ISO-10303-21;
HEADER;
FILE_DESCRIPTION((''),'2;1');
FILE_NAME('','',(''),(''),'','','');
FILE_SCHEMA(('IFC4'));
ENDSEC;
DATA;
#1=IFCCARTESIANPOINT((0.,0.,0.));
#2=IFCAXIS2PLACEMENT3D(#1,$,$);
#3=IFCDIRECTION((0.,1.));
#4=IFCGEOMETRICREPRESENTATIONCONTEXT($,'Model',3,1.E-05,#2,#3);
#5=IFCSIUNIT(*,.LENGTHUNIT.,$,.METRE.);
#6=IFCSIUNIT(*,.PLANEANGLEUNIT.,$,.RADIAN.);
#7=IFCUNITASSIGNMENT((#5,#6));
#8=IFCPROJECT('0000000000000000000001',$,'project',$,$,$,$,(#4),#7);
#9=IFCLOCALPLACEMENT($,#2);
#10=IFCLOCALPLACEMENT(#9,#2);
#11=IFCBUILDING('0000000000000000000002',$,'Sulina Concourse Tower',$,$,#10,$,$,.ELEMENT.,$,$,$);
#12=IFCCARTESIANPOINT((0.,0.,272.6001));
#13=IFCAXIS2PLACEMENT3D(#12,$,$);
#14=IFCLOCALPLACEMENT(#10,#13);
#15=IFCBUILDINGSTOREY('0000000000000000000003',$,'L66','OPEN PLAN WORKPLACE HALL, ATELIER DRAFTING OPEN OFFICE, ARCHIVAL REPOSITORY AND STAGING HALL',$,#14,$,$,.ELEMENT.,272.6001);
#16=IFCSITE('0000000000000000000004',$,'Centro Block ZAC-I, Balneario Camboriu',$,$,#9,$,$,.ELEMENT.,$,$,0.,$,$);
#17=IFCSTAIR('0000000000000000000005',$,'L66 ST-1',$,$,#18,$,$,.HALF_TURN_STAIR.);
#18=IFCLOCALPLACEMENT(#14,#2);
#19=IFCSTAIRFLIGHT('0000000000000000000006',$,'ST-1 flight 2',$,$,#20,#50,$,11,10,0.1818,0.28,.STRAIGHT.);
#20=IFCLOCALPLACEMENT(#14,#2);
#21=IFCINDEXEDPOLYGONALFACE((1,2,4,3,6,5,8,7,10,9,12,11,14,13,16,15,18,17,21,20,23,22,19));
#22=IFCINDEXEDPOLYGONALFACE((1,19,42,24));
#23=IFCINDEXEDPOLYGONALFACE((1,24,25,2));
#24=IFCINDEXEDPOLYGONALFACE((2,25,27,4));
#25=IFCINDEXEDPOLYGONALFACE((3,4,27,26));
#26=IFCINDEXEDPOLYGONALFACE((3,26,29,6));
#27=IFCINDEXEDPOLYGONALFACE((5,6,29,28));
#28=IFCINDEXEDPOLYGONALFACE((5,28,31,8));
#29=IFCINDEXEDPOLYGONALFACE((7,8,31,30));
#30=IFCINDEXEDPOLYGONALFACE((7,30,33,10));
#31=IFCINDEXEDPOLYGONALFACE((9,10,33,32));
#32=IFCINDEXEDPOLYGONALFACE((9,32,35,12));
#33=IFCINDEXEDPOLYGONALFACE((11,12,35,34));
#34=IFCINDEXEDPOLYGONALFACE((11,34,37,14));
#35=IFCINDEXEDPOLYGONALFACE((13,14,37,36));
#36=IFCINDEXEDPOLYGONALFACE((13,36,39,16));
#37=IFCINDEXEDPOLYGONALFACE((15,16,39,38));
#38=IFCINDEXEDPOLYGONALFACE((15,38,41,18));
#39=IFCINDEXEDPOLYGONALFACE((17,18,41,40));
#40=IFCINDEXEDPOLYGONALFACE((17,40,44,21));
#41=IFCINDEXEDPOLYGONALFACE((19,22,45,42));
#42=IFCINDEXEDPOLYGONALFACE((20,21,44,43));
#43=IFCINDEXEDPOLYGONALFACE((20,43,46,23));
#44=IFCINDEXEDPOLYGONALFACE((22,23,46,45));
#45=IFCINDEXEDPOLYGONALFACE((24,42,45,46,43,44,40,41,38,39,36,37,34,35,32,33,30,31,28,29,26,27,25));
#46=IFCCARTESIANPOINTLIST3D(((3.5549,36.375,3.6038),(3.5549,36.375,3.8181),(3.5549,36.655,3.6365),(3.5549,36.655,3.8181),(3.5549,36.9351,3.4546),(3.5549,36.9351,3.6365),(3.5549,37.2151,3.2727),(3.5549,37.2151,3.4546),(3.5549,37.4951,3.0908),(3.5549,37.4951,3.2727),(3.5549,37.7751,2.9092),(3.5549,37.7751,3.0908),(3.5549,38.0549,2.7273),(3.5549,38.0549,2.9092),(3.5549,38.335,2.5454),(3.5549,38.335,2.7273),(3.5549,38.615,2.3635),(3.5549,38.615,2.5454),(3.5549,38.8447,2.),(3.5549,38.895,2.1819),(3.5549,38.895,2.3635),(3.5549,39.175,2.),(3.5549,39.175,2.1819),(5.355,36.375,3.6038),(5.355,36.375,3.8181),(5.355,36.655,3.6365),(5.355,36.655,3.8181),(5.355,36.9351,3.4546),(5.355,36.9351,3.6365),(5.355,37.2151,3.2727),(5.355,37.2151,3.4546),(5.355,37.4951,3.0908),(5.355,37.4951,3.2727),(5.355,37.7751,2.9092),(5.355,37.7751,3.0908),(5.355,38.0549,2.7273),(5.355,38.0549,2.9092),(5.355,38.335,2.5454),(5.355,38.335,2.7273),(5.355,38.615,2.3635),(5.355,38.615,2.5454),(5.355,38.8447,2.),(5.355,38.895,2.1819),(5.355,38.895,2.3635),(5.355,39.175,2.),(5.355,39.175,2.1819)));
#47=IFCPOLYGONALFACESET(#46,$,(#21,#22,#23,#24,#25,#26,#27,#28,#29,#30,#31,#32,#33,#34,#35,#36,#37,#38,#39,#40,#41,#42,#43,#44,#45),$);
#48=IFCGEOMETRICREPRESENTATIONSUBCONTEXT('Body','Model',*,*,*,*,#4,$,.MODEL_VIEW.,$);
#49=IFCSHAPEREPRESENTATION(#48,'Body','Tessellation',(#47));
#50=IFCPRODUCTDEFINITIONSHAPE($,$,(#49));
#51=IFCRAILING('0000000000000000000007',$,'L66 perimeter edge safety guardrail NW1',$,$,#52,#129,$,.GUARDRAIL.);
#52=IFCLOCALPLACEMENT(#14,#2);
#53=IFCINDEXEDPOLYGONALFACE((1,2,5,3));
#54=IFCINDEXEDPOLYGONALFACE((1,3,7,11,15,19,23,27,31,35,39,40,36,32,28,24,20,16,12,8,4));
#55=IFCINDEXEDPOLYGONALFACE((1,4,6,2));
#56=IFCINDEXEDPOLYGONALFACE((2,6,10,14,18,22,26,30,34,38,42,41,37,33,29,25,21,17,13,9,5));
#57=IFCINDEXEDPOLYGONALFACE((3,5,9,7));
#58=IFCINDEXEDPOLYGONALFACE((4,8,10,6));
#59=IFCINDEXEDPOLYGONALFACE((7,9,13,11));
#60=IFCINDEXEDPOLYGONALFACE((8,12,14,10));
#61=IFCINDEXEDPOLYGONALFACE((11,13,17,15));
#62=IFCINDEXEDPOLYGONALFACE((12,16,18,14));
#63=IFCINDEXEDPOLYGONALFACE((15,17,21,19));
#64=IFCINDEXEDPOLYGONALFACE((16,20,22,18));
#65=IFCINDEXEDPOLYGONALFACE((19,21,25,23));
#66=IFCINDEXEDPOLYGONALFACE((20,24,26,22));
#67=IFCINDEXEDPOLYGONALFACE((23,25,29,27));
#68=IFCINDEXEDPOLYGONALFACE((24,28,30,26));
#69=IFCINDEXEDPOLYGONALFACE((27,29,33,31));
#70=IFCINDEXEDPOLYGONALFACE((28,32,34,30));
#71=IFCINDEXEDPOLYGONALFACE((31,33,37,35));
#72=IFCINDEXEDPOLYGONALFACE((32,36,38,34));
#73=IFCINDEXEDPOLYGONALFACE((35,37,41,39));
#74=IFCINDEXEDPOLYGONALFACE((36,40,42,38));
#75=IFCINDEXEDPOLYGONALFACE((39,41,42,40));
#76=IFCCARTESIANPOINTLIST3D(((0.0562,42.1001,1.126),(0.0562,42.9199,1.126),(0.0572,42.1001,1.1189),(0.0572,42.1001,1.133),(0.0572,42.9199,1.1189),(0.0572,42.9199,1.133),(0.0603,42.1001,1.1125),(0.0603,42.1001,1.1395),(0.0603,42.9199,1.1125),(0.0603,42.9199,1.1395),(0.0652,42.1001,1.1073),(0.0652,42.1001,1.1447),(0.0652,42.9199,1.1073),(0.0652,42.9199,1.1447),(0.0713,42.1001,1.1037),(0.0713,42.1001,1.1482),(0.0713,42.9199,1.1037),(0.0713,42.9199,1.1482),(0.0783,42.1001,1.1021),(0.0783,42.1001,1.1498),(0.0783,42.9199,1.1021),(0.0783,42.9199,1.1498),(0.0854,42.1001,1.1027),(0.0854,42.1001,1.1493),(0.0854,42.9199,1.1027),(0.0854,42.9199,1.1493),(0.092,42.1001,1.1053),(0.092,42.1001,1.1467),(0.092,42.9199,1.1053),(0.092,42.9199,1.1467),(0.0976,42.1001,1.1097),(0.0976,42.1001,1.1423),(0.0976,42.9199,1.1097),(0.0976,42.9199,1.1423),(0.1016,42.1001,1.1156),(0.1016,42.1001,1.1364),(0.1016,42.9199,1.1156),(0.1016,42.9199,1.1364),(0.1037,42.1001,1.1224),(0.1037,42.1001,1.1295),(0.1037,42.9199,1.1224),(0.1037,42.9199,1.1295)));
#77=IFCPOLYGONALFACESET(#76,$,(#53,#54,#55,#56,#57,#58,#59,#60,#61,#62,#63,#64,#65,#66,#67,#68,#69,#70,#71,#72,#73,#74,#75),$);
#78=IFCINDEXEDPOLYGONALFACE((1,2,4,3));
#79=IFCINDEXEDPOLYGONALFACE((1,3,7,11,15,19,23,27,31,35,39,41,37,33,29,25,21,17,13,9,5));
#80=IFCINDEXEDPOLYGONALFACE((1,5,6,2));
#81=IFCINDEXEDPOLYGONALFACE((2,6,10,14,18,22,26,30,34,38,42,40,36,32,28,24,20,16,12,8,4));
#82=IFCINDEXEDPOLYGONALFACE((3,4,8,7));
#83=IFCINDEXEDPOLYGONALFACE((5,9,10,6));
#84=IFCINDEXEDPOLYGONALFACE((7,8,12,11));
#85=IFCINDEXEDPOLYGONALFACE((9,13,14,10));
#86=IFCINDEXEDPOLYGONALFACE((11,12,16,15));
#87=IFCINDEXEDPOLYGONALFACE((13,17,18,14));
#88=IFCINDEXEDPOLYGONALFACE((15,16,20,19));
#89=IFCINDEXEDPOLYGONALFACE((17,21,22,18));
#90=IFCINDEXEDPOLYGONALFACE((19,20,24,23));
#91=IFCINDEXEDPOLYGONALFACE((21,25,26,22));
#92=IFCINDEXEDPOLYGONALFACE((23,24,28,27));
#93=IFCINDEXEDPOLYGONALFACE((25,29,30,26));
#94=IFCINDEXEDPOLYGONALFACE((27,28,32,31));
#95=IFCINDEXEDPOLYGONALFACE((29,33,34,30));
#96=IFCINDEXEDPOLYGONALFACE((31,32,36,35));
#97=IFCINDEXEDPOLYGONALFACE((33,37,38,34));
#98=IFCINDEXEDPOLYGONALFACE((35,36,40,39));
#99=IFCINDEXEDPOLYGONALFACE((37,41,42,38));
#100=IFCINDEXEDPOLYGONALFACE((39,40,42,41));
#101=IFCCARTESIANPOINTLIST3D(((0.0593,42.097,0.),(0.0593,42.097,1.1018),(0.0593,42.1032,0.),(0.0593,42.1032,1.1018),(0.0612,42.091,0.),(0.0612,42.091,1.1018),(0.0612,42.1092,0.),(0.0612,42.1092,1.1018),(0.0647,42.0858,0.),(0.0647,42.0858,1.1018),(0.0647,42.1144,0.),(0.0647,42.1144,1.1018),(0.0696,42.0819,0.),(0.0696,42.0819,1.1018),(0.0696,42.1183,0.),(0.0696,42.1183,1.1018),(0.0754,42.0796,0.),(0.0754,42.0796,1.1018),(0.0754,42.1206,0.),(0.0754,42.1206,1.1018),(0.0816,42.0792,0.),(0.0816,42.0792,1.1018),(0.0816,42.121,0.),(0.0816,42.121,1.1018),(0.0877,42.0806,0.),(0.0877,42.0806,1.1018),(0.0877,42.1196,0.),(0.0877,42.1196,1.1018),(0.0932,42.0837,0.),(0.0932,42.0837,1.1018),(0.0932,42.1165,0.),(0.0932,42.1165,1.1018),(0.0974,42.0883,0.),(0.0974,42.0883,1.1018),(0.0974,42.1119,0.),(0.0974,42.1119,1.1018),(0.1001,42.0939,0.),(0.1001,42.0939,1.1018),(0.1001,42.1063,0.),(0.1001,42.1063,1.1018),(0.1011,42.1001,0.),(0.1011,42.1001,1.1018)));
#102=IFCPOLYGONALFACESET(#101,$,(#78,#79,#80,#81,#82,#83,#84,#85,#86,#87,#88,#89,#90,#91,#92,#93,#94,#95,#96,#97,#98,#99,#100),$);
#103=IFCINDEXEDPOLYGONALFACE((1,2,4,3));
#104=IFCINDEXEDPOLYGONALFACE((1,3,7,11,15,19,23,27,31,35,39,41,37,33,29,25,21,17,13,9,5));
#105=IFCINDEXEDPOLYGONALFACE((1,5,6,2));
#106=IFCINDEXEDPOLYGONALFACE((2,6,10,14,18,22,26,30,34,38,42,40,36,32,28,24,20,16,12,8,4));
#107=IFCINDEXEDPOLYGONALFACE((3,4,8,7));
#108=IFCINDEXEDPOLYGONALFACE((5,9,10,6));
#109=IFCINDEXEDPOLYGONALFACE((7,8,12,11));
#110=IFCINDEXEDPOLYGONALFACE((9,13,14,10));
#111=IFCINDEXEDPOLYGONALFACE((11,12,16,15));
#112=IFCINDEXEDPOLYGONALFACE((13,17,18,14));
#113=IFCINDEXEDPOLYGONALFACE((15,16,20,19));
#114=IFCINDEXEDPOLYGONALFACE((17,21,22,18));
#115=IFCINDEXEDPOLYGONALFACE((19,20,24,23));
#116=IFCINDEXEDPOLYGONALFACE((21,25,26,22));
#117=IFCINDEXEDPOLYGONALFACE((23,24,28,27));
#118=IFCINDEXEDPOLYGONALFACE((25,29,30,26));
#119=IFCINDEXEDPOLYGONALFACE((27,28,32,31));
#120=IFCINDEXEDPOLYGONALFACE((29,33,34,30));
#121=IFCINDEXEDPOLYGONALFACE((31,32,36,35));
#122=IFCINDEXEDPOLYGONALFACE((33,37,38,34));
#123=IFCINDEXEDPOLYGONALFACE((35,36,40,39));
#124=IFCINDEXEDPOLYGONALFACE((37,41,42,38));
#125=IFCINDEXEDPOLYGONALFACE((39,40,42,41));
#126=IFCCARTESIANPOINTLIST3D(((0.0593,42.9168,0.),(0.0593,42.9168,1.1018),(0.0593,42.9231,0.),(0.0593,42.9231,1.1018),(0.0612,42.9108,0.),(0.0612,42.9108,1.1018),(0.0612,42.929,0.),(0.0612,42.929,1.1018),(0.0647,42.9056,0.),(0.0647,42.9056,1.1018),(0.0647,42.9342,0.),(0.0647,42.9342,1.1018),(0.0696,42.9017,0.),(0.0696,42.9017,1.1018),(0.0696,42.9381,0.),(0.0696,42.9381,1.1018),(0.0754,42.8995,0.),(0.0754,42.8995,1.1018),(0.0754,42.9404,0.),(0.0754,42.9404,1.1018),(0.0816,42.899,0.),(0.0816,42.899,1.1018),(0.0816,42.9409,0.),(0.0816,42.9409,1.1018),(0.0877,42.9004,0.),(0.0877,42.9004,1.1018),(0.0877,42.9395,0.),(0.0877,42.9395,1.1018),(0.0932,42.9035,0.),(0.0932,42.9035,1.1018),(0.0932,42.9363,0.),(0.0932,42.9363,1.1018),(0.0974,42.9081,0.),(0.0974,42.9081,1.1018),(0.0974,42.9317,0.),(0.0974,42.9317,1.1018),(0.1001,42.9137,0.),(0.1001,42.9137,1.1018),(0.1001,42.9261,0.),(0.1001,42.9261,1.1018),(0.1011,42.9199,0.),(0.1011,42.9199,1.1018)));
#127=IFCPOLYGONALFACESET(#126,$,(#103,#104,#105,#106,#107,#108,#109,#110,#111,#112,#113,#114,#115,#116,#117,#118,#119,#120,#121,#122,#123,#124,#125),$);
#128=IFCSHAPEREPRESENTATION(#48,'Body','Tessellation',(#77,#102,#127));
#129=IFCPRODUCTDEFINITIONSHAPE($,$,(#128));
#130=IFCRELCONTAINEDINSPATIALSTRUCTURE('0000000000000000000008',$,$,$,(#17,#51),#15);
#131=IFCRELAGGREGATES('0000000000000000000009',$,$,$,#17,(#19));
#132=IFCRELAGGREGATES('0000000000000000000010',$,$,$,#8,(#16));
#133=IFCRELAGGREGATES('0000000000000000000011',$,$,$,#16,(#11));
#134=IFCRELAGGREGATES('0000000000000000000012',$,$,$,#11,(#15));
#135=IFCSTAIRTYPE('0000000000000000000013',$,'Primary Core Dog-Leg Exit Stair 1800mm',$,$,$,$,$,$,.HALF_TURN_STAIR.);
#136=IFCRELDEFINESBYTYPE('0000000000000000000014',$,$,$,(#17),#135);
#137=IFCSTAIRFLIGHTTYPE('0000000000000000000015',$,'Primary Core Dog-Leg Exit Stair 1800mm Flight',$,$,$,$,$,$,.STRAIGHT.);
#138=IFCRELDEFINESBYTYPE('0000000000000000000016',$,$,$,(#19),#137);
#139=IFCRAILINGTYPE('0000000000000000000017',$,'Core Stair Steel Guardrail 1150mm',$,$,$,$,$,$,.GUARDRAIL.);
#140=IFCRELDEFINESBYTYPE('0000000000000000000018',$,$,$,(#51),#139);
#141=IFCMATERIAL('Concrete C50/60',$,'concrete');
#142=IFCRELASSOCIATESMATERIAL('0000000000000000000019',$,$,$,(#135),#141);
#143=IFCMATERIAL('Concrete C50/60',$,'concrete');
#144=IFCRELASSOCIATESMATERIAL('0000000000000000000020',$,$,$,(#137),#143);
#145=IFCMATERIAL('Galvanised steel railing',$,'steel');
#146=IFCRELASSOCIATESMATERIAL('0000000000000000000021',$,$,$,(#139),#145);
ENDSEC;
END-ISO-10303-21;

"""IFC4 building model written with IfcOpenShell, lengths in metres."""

from ifc_helpers import new_model, si_unit, direction, frame, origin, origin_2d, place, context, subcontext, project, spatial, polyline, circle, outline, extrude, material, type_object, element, aggregate, save


model = new_model("IFC4")

# Units and contexts
model_context = context("Model", 3, precision=1e-05, world=origin(), true_north=direction((0.0, 1.0)))
body_context = subcontext(model_context, "Body", "Model", "MODEL_VIEW")
ifc_project = project(units=[si_unit("LENGTHUNIT", "METRE"), si_unit("PLANEANGLEUNIT", "RADIAN")], contexts=[model_context])

# Site, building, storey
site_placement = place(None, origin())
site = spatial("IfcSite", under=ifc_project, at=site_placement, Name="Centro Block ZAC-I, Balneario Camboriu", CompositionType="ELEMENT", RefElevation=0.0)
building_placement = place(site_placement, origin())
building = spatial("IfcBuilding", under=site, at=building_placement, Name="Sulina Concourse Tower", CompositionType="ELEMENT")
storey_placement = place(building_placement, frame((0.0, 0.0, 272.6001)))
storey = spatial("IfcBuildingStorey", under=building, at=storey_placement, Name="L66", Description="OPEN PLAN WORKPLACE HALL, ATELIER DRAFTING OPEN OFFICE, ARCHIVAL REPOSITORY AND STAGING HALL", CompositionType="ELEMENT", Elevation=272.6001)

# Stair, stair flight
ifc_material_1 = material(Name="Concrete C50/60", Category="concrete")
stair_type = type_object("IfcStairType", Name="Primary Core Dog-Leg Exit Stair 1800mm", PredefinedType="HALF_TURN_STAIR", material=ifc_material_1)
stair_placement = place(storey_placement, origin())
stair = element("IfcStair", 1, at=stair_placement, inside=storey, type_object=stair_type, Name="L66 ST-1", PredefinedType="HALF_TURN_STAIR")
ifc_material_2 = material(Name="Concrete C50/60", Category="concrete")
stair_flight_type = type_object("IfcStairFlightType", Name="Primary Core Dog-Leg Exit Stair 1800mm Flight", PredefinedType="STRAIGHT", material=ifc_material_2)
stair_flight_1_placement = place(storey_placement, frame((4.4551, 39.175, 2.0), z_axis=(0.0, 0.0, 1.0), x_axis=(0.0, -1.0, 0.0)))
stair_flight_1 = element("IfcStairFlight", 2, at=stair_flight_1_placement, type_object=stair_flight_type, Name="ST-1 flight 2", NumberOfRisers=11, NumberOfTreads=10, PredefinedType="STRAIGHT", RiserHeight=0.1818, TreadLength=0.28, context=body_context, shape_type="SweptSolid", body=[
    extrude(outline(polyline([(0.0, 0.0), (0.0, 0.1819), (0.28, 0.1819), (0.28, 0.3635), (0.5601, 0.3635), (0.5601, 0.5454), (0.8401, 0.5454), (0.8401, 0.7273), (1.1201, 0.7273), (1.1201, 0.9092), (1.3999, 0.9092), (1.3999, 1.0908), (1.6799, 1.0908), (1.6799, 1.2727), (1.96, 1.2727), (1.96, 1.4546), (2.24, 1.4546), (2.24, 1.6365), (2.52, 1.6365), (2.52, 1.8181), (2.8, 1.8181), (2.8, 2.0), (2.8, 1.6038), (0.3303, 0.0), (0.0, 0.0)])), frame((0.0, 0.8999, 0.0), z_axis=(0.0, -1.0, 0.0), x_axis=(1.0, 0.0, 0.0)), (0.0, 0.0, 1.0), 1.8),
])
aggregate(stair, [stair_flight_1])

# Railing
ifc_material_3 = material(Name="Galvanised steel railing", Category="steel")
railing_type_1 = type_object("IfcRailingType", Name="Core Stair Steel Guardrail 1150mm", PredefinedType="GUARDRAIL", material=ifc_material_3)
railing_1_placement = place(storey_placement, frame((0.0801, 42.1001, 0.0)))
element("IfcRailing", 3, at=railing_1_placement, inside=storey, type_object=railing_type_1, Name="L66 perimeter edge safety guardrail NW1", PredefinedType="GUARDRAIL", context=body_context, shape_type="SweptSolid", body=[
    extrude(circle(Radius=0.0239, at=origin_2d()), frame((0.0, 0.0, 1.126), z_axis=(0.0, 1.0, 0.0), x_axis=(-1.0, 0.0, 0.0)), (0.0, 0.0, 1.0), 0.8198),
    extrude(circle(Radius=0.021, at=origin_2d()), origin(), (0.0, 0.0, 1.0), 1.1018),
    extrude(circle(Radius=0.021, at=origin_2d()), frame((0.0, 0.8198, 0.0)), (0.0, 0.0, 1.0), 1.1018),
])

save(model, "model.ifc")
